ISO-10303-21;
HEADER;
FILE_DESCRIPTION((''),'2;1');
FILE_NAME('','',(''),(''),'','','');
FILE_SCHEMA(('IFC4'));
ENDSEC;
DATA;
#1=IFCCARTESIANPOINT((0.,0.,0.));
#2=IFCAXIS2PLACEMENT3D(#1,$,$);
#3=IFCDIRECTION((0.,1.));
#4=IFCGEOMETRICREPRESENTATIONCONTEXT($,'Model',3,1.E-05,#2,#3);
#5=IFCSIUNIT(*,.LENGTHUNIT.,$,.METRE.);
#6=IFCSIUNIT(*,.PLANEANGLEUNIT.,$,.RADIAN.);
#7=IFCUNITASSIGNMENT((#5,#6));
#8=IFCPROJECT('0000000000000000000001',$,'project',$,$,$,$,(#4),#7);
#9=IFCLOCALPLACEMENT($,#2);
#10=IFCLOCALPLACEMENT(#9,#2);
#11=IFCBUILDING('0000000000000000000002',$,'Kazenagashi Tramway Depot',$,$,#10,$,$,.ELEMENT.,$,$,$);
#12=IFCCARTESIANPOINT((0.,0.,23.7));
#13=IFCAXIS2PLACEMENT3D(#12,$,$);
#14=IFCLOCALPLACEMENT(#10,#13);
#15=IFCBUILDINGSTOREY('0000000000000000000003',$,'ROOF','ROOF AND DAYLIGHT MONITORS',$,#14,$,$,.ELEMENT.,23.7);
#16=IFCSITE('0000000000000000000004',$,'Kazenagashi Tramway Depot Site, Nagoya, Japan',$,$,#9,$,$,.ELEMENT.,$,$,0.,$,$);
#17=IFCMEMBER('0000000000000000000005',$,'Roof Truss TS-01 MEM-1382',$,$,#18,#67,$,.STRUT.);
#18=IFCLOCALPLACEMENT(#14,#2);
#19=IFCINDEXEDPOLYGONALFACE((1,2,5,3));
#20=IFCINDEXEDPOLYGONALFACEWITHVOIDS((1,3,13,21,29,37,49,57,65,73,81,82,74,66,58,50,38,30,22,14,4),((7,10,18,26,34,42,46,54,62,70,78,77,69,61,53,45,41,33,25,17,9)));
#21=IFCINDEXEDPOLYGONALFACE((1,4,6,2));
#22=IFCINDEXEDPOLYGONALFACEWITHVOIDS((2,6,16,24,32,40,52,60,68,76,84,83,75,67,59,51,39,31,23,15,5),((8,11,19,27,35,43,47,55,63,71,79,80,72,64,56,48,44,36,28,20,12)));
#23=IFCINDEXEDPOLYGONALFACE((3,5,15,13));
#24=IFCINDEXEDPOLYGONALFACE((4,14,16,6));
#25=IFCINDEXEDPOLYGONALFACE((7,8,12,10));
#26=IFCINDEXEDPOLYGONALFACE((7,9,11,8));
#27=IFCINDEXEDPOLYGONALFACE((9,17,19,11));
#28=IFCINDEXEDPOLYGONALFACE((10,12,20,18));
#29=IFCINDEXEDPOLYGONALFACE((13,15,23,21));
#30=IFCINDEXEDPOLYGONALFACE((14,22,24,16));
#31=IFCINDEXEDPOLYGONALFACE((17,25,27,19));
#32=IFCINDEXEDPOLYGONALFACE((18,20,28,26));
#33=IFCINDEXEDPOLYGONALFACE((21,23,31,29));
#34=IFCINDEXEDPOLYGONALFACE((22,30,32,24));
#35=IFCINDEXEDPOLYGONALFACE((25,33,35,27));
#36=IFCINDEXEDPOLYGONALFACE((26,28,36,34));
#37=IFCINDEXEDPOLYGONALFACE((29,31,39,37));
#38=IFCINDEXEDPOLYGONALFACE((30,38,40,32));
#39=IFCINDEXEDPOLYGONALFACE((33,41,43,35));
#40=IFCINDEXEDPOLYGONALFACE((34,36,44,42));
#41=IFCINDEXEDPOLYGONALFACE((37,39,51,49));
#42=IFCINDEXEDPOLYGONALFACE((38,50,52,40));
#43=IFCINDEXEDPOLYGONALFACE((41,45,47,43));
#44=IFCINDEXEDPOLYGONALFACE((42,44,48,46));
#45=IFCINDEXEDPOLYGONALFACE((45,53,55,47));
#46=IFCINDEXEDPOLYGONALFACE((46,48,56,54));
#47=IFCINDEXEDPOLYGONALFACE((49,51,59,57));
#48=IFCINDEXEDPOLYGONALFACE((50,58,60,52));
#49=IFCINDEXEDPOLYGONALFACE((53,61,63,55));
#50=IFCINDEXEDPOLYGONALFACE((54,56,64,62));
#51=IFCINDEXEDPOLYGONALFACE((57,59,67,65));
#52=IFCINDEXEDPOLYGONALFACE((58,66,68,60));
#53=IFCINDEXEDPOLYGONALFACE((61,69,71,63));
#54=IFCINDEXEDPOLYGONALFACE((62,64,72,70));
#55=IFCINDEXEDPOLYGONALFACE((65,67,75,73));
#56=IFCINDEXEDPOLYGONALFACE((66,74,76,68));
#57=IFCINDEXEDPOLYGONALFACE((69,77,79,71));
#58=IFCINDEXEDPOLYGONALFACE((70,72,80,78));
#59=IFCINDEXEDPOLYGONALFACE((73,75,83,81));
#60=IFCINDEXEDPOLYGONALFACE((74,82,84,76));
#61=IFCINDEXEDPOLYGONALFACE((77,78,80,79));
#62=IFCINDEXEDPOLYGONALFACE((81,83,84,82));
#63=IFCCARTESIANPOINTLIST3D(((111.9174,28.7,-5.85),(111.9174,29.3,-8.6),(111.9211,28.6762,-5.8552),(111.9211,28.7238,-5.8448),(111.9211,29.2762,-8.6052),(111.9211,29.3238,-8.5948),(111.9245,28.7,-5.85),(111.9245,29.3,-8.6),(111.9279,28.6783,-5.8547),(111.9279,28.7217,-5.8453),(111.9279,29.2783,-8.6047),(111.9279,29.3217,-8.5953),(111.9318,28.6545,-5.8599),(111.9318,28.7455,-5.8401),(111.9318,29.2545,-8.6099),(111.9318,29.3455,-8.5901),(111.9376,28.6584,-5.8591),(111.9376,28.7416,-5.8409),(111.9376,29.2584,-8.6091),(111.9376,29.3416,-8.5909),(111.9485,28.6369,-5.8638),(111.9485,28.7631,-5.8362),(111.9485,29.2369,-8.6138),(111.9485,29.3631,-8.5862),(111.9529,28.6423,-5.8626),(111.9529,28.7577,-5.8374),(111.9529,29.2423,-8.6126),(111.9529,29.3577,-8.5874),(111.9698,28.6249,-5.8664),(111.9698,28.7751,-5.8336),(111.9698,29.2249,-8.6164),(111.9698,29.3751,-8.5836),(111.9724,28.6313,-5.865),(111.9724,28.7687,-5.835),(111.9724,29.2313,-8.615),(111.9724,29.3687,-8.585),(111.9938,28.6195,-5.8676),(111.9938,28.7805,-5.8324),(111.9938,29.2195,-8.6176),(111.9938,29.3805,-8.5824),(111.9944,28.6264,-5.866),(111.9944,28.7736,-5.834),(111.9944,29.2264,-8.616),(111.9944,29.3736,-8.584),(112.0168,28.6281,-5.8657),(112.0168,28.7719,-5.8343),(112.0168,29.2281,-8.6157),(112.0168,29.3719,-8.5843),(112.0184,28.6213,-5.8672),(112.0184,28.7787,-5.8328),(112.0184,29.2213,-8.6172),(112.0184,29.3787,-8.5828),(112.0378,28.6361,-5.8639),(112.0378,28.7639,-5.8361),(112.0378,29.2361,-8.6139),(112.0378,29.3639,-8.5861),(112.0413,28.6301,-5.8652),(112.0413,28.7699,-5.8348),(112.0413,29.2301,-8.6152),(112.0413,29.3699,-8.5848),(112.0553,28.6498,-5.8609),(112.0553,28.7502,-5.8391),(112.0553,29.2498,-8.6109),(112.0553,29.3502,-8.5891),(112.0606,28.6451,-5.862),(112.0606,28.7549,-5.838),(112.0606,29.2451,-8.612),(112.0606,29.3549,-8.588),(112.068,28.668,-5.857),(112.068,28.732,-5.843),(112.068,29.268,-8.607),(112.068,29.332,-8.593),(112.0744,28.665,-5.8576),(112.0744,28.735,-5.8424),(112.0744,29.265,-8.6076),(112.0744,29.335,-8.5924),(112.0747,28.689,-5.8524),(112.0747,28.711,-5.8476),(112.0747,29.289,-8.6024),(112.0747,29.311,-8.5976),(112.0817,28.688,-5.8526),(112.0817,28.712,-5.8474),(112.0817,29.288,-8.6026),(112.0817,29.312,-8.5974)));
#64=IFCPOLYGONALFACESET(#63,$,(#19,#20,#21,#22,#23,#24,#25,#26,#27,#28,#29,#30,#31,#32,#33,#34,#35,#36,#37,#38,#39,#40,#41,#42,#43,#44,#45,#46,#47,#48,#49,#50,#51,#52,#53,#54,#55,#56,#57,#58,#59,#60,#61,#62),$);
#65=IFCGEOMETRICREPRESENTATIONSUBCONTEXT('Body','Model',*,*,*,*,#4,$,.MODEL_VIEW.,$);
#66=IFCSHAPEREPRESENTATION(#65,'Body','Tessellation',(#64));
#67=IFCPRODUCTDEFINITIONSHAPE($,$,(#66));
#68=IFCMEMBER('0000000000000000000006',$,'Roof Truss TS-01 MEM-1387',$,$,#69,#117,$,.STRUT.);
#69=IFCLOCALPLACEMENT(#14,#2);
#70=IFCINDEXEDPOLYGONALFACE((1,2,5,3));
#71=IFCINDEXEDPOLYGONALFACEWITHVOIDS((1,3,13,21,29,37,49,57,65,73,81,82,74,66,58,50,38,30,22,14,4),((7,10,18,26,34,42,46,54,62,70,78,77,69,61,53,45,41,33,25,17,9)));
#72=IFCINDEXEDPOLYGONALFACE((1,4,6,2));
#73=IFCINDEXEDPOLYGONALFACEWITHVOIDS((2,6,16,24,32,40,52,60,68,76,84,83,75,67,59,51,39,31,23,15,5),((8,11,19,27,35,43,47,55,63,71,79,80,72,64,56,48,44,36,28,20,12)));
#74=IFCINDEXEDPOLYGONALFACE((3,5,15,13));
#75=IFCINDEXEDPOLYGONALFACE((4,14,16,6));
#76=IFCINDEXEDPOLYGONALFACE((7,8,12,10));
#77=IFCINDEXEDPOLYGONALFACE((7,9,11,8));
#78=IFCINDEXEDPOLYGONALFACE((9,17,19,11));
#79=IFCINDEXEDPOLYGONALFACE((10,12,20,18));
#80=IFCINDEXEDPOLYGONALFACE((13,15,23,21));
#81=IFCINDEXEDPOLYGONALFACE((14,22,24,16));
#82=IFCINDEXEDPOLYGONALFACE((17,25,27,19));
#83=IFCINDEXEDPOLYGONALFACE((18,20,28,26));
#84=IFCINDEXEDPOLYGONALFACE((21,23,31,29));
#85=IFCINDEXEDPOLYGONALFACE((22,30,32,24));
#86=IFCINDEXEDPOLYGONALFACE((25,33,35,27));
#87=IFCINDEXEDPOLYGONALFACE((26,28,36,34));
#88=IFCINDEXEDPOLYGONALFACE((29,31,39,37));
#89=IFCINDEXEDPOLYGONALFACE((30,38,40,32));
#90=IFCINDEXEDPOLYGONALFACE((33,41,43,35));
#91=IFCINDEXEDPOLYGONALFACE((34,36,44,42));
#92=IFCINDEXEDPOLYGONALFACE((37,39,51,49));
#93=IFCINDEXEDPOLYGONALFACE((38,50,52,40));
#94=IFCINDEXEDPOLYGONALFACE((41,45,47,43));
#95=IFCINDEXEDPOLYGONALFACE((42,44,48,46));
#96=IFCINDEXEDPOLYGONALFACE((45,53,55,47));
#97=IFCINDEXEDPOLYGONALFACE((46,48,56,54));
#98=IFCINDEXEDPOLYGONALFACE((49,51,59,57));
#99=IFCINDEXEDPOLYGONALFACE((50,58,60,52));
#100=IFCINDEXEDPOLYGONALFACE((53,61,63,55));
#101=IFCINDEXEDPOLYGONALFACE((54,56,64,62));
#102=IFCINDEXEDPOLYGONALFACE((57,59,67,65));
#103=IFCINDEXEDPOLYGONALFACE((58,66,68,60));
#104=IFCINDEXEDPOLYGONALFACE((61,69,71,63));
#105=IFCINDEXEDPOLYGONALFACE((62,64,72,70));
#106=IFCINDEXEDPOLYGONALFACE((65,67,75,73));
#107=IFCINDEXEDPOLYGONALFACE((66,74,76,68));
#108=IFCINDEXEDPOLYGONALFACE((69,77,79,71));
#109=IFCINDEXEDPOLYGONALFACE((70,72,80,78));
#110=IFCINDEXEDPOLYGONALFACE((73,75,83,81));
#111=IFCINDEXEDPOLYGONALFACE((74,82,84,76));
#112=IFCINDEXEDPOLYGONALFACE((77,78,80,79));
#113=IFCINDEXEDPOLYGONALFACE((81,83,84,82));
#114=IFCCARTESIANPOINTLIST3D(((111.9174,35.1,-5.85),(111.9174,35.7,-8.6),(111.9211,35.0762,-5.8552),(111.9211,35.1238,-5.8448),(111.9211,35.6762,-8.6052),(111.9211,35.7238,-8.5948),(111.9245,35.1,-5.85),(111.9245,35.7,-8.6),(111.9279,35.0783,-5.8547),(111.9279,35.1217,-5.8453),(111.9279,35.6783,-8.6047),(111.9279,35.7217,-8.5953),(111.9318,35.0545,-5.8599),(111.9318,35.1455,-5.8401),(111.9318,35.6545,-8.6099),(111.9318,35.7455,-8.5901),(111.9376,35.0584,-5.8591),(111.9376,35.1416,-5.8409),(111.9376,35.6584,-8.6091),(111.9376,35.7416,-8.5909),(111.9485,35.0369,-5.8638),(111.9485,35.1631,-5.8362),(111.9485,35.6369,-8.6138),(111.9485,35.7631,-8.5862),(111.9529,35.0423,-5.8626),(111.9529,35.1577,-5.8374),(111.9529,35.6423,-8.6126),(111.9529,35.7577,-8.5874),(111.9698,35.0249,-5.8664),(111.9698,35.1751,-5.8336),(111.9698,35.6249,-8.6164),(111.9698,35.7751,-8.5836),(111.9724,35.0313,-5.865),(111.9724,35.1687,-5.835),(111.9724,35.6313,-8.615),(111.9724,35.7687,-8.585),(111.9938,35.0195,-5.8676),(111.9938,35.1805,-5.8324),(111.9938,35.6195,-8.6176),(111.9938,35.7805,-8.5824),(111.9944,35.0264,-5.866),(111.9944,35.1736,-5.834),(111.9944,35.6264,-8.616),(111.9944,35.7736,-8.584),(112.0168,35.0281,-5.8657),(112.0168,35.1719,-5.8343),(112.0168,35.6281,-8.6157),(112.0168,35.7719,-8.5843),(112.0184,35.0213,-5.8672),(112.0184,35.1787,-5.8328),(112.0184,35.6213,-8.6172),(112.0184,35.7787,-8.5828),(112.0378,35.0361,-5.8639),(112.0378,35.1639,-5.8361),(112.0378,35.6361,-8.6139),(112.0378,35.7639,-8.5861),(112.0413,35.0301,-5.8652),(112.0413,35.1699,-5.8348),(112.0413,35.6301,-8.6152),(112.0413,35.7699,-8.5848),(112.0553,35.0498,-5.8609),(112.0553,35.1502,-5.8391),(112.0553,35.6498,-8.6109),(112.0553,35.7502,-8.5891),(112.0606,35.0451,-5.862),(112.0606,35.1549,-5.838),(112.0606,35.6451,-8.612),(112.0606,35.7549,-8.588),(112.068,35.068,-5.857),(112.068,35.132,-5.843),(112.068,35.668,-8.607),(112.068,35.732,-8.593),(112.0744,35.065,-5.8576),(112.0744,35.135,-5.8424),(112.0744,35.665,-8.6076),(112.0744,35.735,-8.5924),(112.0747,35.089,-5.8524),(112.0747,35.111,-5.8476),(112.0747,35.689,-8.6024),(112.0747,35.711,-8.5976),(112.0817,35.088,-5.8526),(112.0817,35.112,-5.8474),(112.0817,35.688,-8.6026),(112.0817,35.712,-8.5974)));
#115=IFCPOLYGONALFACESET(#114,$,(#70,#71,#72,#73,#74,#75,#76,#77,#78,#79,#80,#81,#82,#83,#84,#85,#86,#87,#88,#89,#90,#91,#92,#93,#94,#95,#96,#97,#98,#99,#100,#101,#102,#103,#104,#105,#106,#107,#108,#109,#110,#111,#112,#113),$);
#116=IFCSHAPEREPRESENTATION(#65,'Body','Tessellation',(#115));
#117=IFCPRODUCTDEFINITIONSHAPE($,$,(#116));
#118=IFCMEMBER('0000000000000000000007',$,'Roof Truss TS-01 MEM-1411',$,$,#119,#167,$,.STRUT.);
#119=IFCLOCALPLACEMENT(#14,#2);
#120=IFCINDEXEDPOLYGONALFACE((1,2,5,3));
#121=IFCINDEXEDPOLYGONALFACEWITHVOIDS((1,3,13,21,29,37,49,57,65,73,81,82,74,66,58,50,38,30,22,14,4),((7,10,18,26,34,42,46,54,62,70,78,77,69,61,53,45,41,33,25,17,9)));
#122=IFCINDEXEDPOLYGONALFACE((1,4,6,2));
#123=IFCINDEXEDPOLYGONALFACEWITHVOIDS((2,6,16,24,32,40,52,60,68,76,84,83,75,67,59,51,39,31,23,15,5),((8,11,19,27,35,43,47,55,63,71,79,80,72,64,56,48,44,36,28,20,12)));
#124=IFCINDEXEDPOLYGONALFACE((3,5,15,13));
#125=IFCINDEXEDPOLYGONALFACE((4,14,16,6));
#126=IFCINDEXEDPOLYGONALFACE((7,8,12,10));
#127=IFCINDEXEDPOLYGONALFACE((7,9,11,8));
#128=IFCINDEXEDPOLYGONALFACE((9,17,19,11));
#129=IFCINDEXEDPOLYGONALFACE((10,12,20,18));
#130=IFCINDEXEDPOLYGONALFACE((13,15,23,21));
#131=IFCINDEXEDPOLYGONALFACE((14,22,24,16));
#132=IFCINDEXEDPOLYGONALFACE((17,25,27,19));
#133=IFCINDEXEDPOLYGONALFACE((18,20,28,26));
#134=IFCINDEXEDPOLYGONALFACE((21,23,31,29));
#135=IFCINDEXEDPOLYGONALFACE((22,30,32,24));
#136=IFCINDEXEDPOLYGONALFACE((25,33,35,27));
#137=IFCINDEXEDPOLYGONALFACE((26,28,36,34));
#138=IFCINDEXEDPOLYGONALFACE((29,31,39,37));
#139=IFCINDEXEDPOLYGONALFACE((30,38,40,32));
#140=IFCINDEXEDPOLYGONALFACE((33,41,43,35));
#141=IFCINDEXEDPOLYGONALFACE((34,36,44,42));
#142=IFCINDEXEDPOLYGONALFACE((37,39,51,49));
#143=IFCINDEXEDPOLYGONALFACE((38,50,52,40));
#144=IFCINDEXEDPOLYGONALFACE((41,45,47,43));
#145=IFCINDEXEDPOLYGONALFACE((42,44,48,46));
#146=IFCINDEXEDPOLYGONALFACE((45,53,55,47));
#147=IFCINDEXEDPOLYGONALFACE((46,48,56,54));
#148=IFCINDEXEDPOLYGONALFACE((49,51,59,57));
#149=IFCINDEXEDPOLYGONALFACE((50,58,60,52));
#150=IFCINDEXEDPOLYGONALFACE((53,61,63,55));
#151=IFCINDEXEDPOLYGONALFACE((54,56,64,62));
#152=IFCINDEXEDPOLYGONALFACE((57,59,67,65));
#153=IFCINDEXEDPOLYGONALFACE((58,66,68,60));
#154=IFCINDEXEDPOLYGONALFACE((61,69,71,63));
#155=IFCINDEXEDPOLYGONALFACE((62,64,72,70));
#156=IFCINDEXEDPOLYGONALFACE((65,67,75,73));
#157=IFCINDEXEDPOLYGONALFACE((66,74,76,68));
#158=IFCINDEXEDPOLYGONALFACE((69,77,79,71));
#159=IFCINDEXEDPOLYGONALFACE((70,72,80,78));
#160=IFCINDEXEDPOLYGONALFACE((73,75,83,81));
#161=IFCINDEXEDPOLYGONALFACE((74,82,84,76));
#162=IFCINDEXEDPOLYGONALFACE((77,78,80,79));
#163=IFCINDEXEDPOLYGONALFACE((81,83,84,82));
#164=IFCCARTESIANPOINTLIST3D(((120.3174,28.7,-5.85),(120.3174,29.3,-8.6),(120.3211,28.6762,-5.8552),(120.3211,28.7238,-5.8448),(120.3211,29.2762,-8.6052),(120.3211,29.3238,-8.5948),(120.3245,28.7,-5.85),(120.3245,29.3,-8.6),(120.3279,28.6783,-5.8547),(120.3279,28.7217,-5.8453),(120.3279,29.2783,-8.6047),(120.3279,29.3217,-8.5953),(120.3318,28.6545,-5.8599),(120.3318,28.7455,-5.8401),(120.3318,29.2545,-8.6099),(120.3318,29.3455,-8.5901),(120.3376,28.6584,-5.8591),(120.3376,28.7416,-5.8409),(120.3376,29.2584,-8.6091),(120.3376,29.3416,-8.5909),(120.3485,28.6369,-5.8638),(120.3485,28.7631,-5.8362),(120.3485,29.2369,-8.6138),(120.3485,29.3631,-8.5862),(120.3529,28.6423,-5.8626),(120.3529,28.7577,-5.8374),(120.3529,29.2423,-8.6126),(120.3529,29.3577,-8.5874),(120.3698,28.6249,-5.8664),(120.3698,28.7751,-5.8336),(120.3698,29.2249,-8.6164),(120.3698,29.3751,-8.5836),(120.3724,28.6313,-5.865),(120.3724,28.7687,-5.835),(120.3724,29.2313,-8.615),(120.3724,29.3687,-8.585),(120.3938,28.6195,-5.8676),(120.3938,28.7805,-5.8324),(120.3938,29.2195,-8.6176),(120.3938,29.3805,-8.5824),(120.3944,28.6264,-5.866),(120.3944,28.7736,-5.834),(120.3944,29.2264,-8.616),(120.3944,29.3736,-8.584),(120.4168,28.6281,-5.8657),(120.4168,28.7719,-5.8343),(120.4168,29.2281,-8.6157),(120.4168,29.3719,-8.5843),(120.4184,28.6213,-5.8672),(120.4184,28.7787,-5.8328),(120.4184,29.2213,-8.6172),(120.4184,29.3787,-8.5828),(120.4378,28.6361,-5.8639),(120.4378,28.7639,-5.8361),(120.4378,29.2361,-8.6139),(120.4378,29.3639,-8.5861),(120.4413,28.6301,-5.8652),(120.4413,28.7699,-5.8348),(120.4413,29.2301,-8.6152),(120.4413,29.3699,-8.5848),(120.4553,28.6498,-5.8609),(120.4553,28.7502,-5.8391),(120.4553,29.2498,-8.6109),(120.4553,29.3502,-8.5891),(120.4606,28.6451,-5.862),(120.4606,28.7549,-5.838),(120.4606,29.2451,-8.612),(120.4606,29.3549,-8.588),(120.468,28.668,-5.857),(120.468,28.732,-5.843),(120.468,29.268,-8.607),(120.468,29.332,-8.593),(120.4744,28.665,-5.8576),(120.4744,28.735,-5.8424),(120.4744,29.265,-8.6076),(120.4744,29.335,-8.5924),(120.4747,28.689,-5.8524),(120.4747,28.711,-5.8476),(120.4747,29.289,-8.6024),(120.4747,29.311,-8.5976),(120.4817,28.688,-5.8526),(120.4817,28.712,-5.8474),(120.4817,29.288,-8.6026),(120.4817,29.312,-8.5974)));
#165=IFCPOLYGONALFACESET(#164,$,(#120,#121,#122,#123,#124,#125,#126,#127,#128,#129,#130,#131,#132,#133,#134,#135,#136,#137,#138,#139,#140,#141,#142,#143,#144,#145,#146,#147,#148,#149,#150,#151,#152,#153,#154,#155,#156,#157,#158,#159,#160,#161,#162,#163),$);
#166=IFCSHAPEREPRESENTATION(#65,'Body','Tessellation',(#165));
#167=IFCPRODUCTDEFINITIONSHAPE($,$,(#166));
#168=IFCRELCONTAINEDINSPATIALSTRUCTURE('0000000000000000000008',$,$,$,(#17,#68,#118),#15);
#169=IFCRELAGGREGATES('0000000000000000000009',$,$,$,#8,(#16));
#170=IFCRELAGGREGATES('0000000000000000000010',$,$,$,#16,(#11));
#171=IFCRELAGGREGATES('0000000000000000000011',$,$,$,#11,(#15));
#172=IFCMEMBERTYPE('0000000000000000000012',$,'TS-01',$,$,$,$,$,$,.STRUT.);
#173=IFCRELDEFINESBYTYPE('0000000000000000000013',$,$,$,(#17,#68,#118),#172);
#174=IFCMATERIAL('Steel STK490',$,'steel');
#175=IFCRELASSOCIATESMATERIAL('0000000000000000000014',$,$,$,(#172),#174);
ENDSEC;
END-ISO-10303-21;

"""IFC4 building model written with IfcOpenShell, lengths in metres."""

from ifc_helpers import new_model, si_unit, direction, frame, origin, origin_2d, place, context, subcontext, project, spatial, hollow_circle, extrude, material, material_profile, profile_set, type_object, element, save


model = new_model("IFC4")

# Units and contexts
model_context = context("Model", 3, precision=1e-05, world=origin(), true_north=direction((0.0, 1.0)))
body_context = subcontext(model_context, "Body", "Model", "MODEL_VIEW")
ifc_project = project(units=[si_unit("LENGTHUNIT", "METRE"), si_unit("PLANEANGLEUNIT", "RADIAN")], contexts=[model_context])

# Site, building, storey
site_placement = place(None, origin())
site = spatial("IfcSite", under=ifc_project, at=site_placement, Name="Kazenagashi Tramway Depot Site, Nagoya, Japan", CompositionType="ELEMENT", RefElevation=0.0)
building_placement = place(site_placement, origin())
building = spatial("IfcBuilding", under=site, at=building_placement, Name="Kazenagashi Tramway Depot", CompositionType="ELEMENT")
storey_placement = place(building_placement, frame((0.0, 0.0, 23.7)))
storey = spatial("IfcBuildingStorey", under=building, at=storey_placement, Name="ROOF", Description="ROOF AND DAYLIGHT MONITORS", CompositionType="ELEMENT", Elevation=23.7)

# Members
ifc_material_1 = material(Name="Steel STK490", Category="steel")
ifc_material_profile_1 = material_profile(ifc_material_1, hollow_circle(Radius=0.0826, WallThickness=0.0071, at=origin_2d()), Name="CHS-165.2x7.1")
ifc_profile_set_1 = profile_set([ifc_material_profile_1], Name="Steel STK490")
member_type_1 = type_object("IfcMemberType", Name="TS-01", PredefinedType="STRUT", material=ifc_profile_set_1)
for number, where, z_axis, x_axis, name in (
    (1, (112.0, 28.7, -5.85), (0.0, 0.213167, -0.977016), (-1.0, 0.0, 0.0), "Roof Truss TS-01 MEM-1382"),
    (2, (112.0, 35.1, -5.85), (0.0, 0.213167, -0.977016), (-1.0, 0.0, 0.0), "Roof Truss TS-01 MEM-1387"),
    (3, (120.4, 28.7, -5.85), (0.0, 0.213167, -0.977016), (-1.0, 0.0, 0.0), "Roof Truss TS-01 MEM-1411"),
):
    element("IfcMember", number, at=place(storey_placement, frame(where, z_axis=z_axis, x_axis=x_axis)), inside=storey, type_object=member_type_1, Name=name, PredefinedType="STRUT", context=body_context, shape_type="SweptSolid", body=[
        extrude(hollow_circle(Radius=0.0826, WallThickness=0.0071, at=origin_2d()), origin(), (0.0, 0.0, 1.0), 2.8147),
    ])

save(model, "model.ifc")
